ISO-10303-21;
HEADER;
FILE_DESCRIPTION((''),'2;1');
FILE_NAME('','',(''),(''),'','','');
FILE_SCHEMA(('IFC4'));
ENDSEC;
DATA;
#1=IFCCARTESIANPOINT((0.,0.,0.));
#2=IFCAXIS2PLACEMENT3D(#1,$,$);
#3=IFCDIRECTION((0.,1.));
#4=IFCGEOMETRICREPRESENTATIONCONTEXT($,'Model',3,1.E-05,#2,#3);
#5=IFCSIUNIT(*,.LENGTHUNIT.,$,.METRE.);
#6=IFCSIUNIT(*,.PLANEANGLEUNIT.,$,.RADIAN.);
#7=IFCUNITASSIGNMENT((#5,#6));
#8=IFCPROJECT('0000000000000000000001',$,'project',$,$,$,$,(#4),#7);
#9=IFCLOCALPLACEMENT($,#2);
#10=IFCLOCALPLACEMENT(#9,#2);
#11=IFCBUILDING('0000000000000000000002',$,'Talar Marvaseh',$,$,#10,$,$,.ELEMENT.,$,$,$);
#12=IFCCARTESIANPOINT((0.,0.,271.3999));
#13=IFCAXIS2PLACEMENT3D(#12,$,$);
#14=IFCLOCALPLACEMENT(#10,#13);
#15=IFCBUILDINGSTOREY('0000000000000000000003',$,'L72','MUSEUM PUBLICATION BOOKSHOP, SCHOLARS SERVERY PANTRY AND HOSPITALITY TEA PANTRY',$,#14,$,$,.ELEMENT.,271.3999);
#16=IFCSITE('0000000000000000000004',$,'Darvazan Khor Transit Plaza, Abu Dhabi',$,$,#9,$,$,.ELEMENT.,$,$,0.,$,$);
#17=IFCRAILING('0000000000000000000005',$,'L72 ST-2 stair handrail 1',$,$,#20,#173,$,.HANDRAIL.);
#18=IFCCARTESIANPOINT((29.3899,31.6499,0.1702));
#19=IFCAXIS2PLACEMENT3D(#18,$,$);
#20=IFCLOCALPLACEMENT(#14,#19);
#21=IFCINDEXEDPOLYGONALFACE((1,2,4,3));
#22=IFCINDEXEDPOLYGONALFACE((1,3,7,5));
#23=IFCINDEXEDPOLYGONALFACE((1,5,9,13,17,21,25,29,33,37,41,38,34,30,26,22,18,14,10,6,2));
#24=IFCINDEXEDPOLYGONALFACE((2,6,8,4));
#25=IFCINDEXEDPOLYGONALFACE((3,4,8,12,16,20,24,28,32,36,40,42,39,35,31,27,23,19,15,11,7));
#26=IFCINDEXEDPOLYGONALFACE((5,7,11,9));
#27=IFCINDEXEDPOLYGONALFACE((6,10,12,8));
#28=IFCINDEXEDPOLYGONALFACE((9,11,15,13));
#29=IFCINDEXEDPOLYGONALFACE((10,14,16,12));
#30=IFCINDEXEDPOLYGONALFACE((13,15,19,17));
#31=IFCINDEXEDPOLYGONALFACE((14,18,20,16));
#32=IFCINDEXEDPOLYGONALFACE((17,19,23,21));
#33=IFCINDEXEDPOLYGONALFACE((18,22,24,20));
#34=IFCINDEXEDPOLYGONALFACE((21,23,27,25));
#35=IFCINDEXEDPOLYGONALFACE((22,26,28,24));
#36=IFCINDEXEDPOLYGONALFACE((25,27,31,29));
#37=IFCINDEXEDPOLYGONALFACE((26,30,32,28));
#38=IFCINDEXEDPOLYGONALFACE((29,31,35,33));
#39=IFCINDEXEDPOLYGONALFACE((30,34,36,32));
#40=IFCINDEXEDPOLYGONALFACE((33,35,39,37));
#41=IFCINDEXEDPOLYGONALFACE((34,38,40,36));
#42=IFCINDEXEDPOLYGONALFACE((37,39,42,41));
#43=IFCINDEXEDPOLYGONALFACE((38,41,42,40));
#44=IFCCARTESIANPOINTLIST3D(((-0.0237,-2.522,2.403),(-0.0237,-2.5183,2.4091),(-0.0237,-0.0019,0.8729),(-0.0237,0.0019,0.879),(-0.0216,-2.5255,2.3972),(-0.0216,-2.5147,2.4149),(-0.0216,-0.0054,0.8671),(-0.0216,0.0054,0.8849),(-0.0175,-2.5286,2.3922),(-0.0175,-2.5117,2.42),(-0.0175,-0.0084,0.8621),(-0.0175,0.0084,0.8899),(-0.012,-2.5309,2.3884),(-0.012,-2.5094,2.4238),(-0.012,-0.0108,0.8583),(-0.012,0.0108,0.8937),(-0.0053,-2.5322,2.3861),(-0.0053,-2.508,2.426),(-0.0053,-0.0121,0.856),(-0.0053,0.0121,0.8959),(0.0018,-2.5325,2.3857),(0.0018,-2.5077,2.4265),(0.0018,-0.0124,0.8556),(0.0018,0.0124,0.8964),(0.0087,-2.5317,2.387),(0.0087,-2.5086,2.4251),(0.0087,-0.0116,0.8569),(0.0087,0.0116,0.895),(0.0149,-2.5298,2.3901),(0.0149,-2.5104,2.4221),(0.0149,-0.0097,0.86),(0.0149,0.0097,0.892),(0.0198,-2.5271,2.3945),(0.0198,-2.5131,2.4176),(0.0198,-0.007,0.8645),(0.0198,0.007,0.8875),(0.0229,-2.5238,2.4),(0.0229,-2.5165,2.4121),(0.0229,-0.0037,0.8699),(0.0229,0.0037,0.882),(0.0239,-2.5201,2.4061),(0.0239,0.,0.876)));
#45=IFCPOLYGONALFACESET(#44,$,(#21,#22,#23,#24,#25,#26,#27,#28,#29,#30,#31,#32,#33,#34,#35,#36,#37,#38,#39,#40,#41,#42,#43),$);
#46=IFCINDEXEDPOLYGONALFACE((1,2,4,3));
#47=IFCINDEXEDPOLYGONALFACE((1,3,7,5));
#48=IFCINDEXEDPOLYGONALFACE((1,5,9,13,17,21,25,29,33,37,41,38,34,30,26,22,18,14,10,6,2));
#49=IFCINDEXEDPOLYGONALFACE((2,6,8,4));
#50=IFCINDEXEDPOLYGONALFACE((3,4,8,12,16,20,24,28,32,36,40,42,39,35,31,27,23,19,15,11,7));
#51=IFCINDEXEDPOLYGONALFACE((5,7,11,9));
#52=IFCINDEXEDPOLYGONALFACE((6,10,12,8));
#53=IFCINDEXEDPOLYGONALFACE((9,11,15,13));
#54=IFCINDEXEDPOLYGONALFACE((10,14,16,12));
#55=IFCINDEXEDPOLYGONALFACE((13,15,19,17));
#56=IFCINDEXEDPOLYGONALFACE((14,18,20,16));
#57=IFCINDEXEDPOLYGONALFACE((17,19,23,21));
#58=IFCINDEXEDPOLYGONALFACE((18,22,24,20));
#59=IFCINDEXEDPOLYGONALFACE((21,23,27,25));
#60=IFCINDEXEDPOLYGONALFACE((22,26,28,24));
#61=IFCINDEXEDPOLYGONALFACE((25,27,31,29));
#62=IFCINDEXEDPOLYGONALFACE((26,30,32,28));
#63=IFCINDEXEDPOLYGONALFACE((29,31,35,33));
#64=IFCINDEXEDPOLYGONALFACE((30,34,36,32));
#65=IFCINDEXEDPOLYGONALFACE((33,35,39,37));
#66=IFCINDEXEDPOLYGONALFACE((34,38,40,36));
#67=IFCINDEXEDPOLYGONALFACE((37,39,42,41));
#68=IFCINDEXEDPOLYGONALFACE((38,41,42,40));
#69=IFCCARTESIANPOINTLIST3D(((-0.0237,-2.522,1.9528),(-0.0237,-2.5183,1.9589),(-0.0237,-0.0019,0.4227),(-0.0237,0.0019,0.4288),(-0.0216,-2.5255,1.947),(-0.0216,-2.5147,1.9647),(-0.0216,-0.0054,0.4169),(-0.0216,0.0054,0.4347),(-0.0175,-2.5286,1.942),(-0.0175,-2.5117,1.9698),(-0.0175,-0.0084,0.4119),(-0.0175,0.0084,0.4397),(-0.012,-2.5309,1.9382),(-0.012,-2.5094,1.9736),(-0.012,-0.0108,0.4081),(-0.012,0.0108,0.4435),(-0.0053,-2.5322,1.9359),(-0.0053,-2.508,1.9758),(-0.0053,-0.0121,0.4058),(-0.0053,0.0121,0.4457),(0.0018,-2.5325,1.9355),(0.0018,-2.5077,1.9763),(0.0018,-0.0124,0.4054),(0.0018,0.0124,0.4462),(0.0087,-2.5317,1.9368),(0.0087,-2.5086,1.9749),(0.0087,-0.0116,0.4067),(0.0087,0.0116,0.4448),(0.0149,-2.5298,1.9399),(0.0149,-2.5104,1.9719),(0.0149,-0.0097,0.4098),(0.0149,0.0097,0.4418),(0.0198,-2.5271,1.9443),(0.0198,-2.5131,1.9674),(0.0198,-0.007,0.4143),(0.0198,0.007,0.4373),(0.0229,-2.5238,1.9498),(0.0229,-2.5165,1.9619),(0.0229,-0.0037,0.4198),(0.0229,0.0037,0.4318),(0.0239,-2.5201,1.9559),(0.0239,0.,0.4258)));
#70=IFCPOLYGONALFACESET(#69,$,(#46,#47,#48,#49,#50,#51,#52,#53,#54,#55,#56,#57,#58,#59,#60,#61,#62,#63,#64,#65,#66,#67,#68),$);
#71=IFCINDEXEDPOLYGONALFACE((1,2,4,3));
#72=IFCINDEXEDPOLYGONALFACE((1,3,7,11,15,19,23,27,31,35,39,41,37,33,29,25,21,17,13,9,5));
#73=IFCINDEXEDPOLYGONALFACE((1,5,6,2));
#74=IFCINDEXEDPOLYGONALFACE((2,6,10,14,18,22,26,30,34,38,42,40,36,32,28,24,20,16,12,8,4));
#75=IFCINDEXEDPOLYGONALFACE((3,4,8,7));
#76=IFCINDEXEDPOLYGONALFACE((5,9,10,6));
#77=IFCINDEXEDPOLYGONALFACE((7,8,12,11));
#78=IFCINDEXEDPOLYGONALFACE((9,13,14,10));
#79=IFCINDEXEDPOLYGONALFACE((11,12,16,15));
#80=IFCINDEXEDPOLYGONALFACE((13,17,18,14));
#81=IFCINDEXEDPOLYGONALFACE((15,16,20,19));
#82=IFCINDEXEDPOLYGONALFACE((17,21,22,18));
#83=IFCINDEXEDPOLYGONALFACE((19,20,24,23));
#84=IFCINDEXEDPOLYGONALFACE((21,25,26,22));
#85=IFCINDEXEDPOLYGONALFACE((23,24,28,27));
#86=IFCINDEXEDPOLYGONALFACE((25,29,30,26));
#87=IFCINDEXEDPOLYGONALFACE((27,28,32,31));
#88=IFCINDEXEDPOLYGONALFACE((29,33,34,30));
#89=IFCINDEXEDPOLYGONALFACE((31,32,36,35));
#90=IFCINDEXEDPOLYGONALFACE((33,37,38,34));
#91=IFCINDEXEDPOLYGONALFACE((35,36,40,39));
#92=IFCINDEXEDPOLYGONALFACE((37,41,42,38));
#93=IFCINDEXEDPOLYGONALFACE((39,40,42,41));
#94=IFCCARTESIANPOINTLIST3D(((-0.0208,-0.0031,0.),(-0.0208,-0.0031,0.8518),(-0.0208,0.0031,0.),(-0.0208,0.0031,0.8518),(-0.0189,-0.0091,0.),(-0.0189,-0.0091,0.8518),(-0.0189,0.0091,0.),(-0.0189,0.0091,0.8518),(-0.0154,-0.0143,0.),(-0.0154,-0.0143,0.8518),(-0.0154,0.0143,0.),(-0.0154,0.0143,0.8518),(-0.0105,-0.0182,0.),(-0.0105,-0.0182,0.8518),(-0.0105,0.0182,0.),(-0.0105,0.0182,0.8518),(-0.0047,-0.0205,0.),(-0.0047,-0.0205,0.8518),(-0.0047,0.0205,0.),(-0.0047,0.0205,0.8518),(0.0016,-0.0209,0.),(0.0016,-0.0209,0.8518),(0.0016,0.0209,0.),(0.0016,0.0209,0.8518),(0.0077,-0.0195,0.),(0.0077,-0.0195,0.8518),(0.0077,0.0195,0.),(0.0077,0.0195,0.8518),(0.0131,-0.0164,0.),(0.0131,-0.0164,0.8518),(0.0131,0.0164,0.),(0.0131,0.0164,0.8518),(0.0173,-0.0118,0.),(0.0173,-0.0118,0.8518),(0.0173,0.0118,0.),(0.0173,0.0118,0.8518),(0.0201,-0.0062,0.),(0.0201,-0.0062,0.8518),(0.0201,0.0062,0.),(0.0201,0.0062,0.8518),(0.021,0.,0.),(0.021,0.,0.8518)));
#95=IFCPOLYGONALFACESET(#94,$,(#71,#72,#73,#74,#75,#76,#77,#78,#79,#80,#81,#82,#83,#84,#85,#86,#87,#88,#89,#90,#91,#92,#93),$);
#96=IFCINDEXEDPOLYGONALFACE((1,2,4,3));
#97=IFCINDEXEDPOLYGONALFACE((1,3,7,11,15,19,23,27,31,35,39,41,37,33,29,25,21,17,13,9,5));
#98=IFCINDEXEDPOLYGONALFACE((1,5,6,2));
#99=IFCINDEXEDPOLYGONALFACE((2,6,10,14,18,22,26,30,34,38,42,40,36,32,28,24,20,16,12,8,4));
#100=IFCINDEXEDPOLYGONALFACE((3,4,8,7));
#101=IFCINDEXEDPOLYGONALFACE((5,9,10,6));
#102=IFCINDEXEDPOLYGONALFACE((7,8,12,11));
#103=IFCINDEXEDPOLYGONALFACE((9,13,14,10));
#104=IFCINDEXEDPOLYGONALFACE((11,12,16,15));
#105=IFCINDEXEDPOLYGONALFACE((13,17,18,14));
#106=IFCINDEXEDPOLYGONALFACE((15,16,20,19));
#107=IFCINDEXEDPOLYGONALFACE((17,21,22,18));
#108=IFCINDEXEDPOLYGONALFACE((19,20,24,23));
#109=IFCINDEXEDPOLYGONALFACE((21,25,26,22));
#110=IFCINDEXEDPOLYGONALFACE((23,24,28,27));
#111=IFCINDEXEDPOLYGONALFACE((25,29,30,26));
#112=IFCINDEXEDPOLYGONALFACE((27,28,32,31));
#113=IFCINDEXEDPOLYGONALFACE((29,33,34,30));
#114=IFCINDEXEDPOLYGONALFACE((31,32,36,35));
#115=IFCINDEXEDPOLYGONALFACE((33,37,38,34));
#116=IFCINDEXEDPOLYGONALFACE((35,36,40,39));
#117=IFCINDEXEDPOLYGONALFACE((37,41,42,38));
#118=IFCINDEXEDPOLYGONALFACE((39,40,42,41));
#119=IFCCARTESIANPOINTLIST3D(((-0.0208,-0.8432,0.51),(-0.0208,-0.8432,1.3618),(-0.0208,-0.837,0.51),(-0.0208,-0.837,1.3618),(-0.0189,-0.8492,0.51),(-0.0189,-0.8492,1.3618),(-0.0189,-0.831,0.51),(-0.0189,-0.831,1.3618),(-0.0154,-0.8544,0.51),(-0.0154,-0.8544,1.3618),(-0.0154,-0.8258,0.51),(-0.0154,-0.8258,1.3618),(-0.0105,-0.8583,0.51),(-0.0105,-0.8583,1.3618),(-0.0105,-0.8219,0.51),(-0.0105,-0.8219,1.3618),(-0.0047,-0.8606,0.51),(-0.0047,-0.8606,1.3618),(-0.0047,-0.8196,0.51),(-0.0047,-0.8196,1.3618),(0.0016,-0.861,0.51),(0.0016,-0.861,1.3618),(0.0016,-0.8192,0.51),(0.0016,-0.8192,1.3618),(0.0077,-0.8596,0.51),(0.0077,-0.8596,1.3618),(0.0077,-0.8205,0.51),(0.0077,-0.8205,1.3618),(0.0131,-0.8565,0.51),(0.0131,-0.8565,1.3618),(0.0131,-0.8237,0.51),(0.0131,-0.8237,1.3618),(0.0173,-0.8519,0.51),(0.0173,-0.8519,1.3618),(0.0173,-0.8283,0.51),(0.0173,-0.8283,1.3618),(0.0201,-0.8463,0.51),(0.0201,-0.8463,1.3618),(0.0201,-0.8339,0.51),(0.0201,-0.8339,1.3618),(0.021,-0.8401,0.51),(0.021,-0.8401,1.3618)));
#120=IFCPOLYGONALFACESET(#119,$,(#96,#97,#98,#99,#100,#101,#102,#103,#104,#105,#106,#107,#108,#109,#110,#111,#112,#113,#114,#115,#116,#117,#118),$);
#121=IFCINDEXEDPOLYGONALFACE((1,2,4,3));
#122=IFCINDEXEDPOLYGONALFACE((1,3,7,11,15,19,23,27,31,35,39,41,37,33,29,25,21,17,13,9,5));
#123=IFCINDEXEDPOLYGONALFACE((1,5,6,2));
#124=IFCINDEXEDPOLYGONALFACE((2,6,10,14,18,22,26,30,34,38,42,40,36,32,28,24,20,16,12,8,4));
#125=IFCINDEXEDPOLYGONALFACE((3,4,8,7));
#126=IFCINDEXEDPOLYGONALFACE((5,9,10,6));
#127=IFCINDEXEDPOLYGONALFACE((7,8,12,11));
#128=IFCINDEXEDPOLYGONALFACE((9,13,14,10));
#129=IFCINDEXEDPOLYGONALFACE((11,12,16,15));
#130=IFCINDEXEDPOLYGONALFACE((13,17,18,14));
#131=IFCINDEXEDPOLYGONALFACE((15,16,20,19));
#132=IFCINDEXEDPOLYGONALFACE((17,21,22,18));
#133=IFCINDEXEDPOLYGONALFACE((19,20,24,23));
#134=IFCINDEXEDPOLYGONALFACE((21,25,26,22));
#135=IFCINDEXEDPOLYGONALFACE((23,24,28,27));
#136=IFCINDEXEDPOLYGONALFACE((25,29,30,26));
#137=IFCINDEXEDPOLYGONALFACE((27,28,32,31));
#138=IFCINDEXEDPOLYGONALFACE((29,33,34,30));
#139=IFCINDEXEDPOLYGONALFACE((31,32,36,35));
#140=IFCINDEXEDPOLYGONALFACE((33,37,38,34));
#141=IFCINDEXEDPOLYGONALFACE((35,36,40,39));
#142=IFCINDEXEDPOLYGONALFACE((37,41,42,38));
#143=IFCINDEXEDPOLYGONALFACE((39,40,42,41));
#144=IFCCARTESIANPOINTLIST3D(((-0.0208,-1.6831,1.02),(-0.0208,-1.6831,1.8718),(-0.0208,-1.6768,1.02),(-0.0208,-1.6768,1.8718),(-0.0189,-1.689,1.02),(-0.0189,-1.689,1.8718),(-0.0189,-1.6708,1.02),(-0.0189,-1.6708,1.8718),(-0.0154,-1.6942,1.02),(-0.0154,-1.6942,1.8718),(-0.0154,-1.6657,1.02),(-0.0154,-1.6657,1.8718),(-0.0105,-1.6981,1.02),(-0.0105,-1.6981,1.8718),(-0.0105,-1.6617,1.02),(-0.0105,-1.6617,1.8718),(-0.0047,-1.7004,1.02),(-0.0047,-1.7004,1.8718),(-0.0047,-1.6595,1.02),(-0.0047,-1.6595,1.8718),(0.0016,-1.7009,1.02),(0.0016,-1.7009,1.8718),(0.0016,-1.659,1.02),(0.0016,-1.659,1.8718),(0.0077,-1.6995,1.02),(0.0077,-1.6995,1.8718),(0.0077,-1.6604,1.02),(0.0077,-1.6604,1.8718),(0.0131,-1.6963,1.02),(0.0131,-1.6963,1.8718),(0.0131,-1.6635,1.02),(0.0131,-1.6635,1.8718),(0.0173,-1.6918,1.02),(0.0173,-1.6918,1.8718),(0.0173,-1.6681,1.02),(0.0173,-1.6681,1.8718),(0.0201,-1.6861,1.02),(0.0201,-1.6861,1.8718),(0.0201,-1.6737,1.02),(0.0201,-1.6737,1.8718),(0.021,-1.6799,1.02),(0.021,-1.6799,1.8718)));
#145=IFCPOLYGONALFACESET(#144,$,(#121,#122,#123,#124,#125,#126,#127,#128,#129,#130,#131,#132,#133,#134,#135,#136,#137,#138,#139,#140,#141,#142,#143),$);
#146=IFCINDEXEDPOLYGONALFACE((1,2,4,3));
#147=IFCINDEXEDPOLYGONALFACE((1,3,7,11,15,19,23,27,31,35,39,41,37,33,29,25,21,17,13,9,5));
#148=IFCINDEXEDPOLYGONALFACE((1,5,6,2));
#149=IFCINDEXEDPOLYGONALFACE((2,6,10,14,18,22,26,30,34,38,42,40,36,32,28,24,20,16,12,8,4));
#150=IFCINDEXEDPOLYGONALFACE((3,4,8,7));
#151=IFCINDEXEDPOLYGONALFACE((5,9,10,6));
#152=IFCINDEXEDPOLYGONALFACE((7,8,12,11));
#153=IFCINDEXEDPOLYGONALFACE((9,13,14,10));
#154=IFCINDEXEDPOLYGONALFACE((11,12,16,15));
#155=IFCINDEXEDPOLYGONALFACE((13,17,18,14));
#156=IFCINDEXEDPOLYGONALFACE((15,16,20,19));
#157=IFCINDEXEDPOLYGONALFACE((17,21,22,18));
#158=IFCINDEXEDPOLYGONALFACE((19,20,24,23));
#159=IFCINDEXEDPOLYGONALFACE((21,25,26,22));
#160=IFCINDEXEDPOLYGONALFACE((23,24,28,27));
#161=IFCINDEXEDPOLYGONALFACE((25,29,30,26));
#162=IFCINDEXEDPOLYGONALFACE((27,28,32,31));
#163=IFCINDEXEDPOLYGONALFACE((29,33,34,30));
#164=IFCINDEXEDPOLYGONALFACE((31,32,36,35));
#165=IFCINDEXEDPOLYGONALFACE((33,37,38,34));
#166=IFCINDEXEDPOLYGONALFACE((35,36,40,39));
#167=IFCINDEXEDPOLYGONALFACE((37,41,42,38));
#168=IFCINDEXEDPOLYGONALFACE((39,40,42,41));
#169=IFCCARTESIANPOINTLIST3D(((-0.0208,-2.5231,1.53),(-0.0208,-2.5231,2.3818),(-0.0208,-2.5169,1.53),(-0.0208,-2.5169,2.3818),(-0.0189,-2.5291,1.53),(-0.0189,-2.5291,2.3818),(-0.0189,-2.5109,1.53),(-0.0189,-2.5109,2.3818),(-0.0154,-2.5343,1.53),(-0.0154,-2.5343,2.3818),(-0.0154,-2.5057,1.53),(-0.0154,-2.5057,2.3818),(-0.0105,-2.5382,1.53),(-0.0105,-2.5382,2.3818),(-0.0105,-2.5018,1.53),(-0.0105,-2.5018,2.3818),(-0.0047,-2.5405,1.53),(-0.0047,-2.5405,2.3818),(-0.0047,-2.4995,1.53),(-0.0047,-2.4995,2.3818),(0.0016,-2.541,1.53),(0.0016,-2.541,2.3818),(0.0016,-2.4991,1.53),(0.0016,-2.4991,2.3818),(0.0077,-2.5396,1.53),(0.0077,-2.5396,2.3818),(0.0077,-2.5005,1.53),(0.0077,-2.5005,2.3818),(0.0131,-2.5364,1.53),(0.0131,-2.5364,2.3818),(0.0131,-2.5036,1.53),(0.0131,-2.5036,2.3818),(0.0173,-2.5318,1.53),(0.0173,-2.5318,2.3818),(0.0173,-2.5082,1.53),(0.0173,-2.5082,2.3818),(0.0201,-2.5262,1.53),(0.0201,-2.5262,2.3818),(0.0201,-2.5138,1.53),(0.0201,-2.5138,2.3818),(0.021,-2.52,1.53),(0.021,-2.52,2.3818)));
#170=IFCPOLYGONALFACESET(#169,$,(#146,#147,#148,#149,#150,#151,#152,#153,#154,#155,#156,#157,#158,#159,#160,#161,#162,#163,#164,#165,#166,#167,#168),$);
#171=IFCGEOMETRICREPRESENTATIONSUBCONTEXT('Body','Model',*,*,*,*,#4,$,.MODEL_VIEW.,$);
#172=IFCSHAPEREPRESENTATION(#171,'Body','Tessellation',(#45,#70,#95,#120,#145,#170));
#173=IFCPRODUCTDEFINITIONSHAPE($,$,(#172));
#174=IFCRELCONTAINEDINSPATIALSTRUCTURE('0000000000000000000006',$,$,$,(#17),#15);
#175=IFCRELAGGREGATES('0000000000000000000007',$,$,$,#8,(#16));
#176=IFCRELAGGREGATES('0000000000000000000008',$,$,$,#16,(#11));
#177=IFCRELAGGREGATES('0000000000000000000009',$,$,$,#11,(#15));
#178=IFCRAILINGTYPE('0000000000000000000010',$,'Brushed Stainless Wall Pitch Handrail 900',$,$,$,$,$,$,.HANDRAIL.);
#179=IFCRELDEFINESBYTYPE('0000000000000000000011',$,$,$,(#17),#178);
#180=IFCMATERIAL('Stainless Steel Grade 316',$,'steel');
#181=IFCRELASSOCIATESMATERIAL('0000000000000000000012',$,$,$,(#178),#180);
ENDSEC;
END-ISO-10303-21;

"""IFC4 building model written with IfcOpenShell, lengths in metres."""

from ifc_helpers import new_model, si_unit, direction, frame, origin, origin_2d, place, context, subcontext, project, spatial, circle, extrude, material, type_object, element, save


model = new_model("IFC4")

# Units and contexts
model_context = context("Model", 3, precision=1e-05, world=origin(), true_north=direction((0.0, 1.0)))
body_context = subcontext(model_context, "Body", "Model", "MODEL_VIEW")
ifc_project = project(units=[si_unit("LENGTHUNIT", "METRE"), si_unit("PLANEANGLEUNIT", "RADIAN")], contexts=[model_context])

# Site, building, storey
site_placement = place(None, origin())
site = spatial("IfcSite", under=ifc_project, at=site_placement, Name="Darvazan Khor Transit Plaza, Abu Dhabi", CompositionType="ELEMENT", RefElevation=0.0)
building_placement = place(site_placement, origin())
building = spatial("IfcBuilding", under=site, at=building_placement, Name="Talar Marvaseh", CompositionType="ELEMENT")
storey_placement = place(building_placement, frame((0.0, 0.0, 271.3999)))
storey = spatial("IfcBuildingStorey", under=building, at=storey_placement, Name="L72", Description="MUSEUM PUBLICATION BOOKSHOP, SCHOLARS SERVERY PANTRY AND HOSPITALITY TEA PANTRY", CompositionType="ELEMENT", Elevation=271.3999)

# Shared definitions
ifc_material_1 = material(Name="Stainless Steel Grade 316", Category="steel")

# Railing
railing_type_1 = type_object("IfcRailingType", Name="Brushed Stainless Wall Pitch Handrail 900", PredefinedType="HANDRAIL", material=ifc_material_1)
railing_1_placement = place(storey_placement, frame((29.3899, 31.6499, 0.1702)))
element("IfcRailing", 1, at=railing_1_placement, inside=storey, type_object=railing_type_1, Name="L72 ST-2 stair handrail 1", PredefinedType="HANDRAIL", context=body_context, shape_type="SweptSolid", body=[
    extrude(circle(Radius=0.0239, at=origin_2d()), frame((0.0, 0.0, 0.876), z_axis=(0.0, -0.854785, 0.518982), x_axis=(1.0, 0.0, 0.0)), (0.0, 0.0, 1.0), 2.9482),
    extrude(circle(Radius=0.0239, at=origin_2d()), frame((0.0, 0.0, 0.4258), z_axis=(0.0, -0.854785, 0.518982), x_axis=(1.0, 0.0, 0.0)), (0.0, 0.0, 1.0), 2.9482),
    extrude(circle(Radius=0.021, at=origin_2d()), origin(), (0.0, 0.0, 1.0), 0.8518),
    extrude(circle(Radius=0.021, at=origin_2d()), frame((0.0, -0.8401, 0.51)), (0.0, 0.0, 1.0), 0.8518),
    extrude(circle(Radius=0.021, at=origin_2d()), frame((0.0, -1.6799, 1.02)), (0.0, 0.0, 1.0), 0.8518),
    extrude(circle(Radius=0.021, at=origin_2d()), frame((0.0, -2.52, 1.53)), (0.0, 0.0, 1.0), 0.8518),
])

save(model, "model.ifc")
